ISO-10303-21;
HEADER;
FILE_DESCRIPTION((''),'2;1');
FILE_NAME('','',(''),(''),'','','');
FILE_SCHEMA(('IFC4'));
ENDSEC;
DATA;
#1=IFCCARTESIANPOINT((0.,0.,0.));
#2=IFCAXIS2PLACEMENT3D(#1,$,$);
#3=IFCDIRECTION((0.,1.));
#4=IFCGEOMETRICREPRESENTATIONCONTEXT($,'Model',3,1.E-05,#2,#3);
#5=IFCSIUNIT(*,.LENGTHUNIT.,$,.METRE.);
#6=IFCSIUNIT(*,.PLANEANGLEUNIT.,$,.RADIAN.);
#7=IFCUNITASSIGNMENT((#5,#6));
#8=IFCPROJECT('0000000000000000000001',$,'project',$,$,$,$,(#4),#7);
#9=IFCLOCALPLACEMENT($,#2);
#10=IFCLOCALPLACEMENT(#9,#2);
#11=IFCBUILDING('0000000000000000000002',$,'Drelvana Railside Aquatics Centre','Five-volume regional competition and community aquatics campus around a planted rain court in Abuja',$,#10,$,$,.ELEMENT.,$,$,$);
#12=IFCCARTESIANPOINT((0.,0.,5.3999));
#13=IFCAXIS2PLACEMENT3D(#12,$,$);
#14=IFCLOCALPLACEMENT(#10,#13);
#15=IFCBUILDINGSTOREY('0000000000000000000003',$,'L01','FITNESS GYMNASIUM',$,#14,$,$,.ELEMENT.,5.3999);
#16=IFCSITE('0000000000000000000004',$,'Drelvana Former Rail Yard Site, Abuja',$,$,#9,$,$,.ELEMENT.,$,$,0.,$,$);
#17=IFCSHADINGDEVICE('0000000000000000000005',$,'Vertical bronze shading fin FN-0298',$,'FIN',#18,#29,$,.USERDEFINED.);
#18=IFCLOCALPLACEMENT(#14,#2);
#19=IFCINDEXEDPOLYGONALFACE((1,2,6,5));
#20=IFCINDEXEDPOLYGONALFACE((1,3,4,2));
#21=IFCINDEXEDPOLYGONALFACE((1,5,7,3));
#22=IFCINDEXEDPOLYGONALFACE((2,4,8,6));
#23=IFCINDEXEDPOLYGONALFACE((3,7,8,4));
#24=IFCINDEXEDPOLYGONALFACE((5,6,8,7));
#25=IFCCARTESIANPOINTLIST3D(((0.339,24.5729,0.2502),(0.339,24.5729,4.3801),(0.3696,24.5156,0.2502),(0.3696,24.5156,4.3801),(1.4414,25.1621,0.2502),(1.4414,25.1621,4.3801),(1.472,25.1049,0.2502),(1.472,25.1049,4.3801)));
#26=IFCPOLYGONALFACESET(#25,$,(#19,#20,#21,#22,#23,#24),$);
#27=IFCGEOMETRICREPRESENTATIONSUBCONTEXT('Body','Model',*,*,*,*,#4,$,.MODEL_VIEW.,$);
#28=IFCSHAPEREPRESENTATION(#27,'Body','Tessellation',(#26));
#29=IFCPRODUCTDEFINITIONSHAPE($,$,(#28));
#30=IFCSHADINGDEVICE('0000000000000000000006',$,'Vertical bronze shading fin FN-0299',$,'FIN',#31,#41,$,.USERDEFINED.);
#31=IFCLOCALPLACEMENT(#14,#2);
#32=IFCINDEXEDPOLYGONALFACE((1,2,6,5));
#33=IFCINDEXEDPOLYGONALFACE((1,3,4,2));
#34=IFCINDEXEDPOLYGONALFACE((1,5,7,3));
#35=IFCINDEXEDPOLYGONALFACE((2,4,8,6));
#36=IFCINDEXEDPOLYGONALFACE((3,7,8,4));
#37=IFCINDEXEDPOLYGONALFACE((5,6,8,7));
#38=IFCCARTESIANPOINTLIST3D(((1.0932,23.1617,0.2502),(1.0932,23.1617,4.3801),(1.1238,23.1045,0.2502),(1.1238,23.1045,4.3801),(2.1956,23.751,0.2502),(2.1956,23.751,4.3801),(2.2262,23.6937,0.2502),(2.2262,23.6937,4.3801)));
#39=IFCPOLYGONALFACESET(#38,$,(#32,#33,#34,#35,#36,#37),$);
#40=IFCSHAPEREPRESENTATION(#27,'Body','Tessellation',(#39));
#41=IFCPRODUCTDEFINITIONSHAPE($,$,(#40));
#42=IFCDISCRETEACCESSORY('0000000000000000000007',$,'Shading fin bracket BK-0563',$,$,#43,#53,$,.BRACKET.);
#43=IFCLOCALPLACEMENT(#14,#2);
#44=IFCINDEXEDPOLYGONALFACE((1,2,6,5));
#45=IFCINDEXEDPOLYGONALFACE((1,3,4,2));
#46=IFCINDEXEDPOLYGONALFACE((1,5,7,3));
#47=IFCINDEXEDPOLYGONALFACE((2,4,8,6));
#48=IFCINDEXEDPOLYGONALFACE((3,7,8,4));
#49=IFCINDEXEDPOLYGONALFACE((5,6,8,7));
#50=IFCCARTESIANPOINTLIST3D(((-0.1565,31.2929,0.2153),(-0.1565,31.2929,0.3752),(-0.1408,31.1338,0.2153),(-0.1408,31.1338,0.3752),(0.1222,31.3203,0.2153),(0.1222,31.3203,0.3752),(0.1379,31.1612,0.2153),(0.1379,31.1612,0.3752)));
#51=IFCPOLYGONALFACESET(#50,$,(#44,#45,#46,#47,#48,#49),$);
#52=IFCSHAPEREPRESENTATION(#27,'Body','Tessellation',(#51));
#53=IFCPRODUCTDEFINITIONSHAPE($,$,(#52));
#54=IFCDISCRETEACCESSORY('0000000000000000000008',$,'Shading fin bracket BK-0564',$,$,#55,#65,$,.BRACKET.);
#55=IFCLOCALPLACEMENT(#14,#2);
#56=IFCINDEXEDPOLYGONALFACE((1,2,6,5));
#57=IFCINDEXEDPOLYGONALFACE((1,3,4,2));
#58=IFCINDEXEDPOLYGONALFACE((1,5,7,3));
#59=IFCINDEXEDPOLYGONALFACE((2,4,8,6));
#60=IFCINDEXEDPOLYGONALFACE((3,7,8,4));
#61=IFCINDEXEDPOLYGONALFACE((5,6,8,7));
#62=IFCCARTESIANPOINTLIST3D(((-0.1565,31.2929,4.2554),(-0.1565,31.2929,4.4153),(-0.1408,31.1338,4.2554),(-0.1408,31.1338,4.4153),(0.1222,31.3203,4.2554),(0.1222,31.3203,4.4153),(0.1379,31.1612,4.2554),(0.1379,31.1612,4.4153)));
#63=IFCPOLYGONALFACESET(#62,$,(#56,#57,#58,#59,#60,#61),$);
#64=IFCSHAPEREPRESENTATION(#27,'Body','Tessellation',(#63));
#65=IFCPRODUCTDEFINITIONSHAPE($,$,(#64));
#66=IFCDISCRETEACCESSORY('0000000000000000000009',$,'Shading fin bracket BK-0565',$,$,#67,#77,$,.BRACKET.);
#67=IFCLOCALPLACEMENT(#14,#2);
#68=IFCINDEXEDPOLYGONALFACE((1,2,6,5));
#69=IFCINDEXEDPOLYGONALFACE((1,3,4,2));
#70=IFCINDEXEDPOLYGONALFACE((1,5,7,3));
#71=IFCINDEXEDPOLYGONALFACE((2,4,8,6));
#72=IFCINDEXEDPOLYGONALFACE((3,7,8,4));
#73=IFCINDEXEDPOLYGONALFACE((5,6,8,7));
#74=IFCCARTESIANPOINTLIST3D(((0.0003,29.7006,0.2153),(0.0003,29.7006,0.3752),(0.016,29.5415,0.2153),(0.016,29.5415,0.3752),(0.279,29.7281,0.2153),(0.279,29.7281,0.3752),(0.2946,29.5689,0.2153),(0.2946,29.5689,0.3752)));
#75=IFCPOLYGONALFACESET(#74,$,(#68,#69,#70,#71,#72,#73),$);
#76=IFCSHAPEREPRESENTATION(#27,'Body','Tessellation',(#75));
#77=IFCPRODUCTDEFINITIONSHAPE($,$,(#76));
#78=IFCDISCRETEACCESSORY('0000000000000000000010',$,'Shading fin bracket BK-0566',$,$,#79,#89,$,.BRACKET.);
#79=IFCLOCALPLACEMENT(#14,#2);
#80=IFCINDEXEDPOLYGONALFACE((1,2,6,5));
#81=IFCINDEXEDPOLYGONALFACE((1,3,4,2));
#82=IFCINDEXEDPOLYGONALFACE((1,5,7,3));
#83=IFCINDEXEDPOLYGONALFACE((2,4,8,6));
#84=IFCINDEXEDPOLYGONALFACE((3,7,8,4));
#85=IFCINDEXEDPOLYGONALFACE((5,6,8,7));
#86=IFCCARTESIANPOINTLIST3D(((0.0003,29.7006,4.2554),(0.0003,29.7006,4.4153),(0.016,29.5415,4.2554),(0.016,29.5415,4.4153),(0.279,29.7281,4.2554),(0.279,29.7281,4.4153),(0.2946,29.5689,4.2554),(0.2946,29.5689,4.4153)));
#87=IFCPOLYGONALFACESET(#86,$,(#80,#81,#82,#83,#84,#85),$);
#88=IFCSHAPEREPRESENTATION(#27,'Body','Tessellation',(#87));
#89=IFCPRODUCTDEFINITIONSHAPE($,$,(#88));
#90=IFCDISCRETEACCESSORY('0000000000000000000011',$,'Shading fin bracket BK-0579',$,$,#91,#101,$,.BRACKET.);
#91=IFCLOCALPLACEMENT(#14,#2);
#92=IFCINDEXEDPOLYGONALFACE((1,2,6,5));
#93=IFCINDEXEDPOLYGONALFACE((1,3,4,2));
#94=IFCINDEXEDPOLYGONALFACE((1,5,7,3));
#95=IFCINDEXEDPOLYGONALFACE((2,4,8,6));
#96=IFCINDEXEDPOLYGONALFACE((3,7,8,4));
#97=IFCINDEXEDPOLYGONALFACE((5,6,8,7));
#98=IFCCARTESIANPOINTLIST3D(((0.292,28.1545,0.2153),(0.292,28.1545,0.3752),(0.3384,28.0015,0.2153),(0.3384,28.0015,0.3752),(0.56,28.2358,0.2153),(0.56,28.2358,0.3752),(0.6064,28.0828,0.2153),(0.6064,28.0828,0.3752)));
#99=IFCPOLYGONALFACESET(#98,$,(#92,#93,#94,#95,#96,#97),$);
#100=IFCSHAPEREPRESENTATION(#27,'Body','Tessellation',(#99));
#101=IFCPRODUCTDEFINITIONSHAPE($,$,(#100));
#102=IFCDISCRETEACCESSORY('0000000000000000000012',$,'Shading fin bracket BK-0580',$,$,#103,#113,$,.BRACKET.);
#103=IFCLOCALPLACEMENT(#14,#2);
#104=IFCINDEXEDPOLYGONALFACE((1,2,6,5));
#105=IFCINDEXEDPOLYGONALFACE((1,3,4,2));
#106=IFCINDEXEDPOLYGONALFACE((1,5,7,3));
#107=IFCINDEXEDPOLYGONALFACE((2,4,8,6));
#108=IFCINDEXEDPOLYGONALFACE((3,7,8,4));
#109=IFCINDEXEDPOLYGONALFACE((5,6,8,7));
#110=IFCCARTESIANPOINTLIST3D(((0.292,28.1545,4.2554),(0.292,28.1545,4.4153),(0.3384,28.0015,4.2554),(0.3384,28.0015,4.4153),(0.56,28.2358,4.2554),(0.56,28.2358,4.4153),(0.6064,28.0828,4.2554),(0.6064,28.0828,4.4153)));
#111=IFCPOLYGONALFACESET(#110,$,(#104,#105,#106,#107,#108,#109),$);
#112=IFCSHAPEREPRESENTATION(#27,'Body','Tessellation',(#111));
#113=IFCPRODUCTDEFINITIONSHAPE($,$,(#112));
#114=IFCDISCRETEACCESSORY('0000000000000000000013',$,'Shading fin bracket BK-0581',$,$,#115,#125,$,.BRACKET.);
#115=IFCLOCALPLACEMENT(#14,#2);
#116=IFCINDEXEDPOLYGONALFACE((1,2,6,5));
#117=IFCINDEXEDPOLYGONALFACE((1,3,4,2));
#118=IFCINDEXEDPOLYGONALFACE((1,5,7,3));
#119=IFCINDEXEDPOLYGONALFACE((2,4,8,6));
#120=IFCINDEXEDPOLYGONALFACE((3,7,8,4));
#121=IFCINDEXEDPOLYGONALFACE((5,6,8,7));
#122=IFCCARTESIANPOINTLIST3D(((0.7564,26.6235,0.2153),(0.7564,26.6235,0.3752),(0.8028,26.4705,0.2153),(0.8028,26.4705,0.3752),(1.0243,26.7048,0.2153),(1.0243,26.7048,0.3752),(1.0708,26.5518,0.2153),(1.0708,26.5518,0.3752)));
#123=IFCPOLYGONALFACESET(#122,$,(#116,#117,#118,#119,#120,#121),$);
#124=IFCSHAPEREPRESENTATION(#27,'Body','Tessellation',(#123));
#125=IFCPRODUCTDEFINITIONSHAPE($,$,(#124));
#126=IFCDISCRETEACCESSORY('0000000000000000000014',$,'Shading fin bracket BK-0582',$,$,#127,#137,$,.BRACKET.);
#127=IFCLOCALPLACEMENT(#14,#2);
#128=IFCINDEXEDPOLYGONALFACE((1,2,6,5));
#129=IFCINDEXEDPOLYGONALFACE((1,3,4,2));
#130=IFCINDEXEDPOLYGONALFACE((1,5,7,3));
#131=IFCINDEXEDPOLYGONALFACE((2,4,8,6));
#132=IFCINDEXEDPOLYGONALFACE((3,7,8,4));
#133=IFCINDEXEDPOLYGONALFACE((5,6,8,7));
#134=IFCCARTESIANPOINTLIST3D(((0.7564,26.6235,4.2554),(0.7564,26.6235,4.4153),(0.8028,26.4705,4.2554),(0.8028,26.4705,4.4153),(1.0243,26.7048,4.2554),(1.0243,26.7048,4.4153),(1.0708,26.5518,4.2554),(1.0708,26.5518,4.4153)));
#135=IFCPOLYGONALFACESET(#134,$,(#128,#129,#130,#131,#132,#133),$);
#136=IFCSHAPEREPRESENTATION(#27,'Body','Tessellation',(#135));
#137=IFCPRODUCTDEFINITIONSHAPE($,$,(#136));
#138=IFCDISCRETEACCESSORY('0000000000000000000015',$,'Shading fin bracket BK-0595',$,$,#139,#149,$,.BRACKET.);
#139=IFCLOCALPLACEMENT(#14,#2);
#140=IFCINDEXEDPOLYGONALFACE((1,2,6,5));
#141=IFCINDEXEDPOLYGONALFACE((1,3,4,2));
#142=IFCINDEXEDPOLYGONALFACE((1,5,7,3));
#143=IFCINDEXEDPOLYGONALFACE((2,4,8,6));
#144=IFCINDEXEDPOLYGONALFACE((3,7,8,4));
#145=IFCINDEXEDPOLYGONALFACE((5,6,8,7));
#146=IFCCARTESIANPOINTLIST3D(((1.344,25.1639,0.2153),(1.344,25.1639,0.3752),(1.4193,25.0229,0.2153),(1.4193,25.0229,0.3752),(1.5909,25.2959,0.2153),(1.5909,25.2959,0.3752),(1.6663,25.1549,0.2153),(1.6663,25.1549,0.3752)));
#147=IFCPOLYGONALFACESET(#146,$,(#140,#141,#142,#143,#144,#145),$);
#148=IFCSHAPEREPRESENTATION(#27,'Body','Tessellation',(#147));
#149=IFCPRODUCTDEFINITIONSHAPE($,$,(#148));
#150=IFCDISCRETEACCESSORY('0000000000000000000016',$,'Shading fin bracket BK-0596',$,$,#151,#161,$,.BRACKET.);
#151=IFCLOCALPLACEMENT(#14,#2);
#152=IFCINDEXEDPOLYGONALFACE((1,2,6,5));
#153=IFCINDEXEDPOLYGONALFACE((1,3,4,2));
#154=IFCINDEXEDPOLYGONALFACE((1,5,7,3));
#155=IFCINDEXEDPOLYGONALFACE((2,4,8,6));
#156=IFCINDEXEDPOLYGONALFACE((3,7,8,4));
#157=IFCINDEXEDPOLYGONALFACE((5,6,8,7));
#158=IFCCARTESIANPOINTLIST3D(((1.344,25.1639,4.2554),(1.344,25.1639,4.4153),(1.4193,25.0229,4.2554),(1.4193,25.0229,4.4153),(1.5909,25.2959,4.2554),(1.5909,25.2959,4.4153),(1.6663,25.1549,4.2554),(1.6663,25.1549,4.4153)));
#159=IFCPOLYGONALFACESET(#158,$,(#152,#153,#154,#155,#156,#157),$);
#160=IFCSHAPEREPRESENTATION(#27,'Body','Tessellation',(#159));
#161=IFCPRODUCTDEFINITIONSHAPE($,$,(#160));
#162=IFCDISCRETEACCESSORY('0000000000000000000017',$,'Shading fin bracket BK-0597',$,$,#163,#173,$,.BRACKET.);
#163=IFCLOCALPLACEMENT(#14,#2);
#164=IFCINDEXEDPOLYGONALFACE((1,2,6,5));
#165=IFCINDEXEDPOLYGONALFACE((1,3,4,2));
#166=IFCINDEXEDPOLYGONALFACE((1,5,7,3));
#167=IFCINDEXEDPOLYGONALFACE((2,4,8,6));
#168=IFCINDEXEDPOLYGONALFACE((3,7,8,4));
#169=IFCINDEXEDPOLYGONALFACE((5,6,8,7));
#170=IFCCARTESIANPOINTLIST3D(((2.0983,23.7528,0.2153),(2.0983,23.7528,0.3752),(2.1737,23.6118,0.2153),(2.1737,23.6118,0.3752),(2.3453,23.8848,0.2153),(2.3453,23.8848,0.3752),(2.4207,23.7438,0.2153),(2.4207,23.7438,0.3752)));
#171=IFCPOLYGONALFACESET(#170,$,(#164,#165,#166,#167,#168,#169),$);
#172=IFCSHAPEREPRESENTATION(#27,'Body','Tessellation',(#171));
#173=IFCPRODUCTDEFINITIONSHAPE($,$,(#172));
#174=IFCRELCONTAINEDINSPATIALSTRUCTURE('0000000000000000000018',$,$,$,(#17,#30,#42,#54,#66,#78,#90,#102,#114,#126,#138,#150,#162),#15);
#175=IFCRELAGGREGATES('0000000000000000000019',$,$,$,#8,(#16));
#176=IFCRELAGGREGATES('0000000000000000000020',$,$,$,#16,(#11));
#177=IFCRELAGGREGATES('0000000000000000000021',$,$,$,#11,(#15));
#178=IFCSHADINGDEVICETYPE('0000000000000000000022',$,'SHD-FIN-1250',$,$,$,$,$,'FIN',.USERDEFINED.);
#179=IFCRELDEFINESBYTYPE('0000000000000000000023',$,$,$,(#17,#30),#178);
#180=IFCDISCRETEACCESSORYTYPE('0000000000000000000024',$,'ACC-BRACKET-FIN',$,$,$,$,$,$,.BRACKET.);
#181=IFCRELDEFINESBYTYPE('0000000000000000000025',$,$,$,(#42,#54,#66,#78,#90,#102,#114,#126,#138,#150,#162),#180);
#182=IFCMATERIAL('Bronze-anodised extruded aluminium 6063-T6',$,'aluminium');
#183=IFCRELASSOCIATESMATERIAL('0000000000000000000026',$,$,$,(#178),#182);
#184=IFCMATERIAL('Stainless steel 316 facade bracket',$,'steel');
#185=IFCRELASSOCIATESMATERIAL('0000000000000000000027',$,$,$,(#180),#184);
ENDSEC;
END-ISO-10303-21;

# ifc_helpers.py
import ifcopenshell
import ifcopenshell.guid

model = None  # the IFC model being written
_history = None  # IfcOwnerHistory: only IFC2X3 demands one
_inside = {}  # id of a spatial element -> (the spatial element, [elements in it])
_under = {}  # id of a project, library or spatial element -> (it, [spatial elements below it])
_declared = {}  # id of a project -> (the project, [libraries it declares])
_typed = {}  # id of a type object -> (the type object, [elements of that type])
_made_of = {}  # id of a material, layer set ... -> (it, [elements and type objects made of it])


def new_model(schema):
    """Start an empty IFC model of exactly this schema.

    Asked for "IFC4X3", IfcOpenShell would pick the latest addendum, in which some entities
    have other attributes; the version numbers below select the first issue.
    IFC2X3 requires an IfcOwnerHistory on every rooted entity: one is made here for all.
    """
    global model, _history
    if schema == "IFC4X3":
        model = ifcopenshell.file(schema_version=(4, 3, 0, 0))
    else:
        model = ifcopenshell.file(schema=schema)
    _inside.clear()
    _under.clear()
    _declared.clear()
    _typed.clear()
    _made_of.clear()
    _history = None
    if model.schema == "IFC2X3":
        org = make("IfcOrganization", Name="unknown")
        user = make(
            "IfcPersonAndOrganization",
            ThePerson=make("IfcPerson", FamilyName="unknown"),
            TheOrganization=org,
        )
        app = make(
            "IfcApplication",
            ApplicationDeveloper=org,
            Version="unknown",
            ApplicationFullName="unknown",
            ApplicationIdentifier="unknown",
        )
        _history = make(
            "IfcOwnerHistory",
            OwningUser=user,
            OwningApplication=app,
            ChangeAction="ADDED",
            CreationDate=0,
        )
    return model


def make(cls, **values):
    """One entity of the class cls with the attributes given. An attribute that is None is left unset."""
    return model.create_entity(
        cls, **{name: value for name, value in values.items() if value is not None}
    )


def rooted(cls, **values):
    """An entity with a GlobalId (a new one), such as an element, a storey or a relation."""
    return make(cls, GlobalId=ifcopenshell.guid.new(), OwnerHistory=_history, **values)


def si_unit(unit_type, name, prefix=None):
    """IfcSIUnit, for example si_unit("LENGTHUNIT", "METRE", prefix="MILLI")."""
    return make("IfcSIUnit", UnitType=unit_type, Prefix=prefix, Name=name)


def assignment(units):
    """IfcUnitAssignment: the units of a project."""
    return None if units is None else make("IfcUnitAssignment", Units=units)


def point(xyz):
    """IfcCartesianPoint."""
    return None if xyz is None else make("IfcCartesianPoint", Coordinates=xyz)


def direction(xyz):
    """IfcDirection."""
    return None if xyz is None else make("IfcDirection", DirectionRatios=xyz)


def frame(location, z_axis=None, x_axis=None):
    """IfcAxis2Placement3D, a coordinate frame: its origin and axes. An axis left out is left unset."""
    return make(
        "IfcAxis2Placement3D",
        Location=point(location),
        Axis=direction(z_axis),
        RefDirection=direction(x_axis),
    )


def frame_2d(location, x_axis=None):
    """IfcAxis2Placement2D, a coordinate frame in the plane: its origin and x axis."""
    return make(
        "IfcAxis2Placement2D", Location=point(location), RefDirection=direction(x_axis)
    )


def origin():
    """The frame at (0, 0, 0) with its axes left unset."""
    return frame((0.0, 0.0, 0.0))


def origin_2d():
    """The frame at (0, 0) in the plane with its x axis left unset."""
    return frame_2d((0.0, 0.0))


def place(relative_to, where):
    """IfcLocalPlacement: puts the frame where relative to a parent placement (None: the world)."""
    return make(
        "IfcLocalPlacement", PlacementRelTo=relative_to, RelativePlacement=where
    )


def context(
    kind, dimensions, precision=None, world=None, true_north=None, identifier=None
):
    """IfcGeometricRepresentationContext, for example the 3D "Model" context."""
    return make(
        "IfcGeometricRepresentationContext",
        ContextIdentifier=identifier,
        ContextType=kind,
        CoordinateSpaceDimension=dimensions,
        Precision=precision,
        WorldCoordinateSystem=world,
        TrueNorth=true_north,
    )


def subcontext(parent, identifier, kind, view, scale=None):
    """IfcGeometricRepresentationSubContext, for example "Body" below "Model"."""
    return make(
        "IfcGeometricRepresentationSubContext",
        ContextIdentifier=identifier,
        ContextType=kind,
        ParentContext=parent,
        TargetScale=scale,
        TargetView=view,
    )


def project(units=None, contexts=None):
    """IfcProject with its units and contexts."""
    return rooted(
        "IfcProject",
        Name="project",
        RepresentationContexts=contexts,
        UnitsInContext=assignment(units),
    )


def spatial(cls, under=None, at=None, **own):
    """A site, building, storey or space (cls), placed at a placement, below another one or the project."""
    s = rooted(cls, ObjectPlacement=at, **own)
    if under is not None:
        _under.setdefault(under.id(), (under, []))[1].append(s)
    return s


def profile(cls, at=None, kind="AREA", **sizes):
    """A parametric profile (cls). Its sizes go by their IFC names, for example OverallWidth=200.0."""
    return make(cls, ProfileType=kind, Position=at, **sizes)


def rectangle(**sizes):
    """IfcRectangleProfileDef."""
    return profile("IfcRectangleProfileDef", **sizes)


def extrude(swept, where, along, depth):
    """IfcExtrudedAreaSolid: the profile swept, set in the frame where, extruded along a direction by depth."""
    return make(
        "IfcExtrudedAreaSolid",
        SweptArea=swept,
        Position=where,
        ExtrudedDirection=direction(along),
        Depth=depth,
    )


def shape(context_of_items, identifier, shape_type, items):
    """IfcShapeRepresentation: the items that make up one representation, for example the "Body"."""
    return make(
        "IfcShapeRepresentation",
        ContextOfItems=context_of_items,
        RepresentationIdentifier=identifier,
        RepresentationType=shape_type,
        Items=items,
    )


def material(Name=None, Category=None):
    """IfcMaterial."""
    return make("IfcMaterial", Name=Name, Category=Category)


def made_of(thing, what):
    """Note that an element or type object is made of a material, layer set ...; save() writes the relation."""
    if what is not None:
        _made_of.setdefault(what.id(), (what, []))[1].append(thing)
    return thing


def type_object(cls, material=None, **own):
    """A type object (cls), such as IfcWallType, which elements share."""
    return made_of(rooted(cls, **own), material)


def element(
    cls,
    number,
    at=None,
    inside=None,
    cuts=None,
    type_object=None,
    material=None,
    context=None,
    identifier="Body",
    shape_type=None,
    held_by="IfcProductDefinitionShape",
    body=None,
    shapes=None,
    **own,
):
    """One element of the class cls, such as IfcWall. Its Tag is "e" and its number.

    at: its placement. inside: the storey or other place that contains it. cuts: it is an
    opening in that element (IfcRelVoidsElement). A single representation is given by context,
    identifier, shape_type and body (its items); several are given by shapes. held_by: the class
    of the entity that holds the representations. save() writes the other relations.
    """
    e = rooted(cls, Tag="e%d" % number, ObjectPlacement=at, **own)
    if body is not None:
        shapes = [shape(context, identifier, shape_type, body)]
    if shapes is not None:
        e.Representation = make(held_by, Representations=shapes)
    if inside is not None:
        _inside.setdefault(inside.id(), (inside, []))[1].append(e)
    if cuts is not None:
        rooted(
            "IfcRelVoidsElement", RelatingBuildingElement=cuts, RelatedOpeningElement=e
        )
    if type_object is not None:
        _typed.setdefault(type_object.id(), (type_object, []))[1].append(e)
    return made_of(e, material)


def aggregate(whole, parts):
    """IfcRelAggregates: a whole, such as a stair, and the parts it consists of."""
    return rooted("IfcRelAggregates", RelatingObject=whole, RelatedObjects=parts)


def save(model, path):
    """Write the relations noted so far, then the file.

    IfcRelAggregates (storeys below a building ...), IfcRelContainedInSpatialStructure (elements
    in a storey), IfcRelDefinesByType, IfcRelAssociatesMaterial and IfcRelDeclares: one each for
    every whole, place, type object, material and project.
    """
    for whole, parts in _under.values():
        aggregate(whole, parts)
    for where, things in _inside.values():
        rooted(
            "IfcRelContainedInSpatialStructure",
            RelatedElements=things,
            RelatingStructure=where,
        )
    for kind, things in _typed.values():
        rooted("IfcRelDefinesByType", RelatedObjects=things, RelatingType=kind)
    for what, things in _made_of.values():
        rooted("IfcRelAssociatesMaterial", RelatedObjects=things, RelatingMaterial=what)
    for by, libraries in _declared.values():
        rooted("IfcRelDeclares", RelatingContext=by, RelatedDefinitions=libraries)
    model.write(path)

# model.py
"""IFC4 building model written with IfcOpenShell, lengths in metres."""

from ifc_helpers import new_model, si_unit, direction, frame, origin, origin_2d, place, context, subcontext, project, spatial, rectangle, extrude, material, type_object, element, save


model = new_model("IFC4")

# Units and contexts
model_context = context("Model", 3, precision=1e-05, world=origin(), true_north=direction((0.0, 1.0)))
body_context = subcontext(model_context, "Body", "Model", "MODEL_VIEW")
ifc_project = project(units=[si_unit("LENGTHUNIT", "METRE"), si_unit("PLANEANGLEUNIT", "RADIAN")], contexts=[model_context])

# Site, building, storey
site_placement = place(None, origin())
site = spatial("IfcSite", under=ifc_project, at=site_placement, Name="Drelvana Former Rail Yard Site, Abuja", CompositionType="ELEMENT", RefElevation=0.0)
building_placement = place(site_placement, origin())
building = spatial("IfcBuilding", under=site, at=building_placement, Name="Drelvana Railside Aquatics Centre", Description="Five-volume regional competition and community aquatics campus around a planted rain court in Abuja", CompositionType="ELEMENT")
storey_placement = place(building_placement, frame((0.0, 0.0, 5.3999)))
storey = spatial("IfcBuildingStorey", under=building, at=storey_placement, Name="L01", Description="FITNESS GYMNASIUM", CompositionType="ELEMENT", Elevation=5.3999)

# Shared definitions
ifc_material_1 = material(Name="Bronze-anodised extruded aluminium 6063-T6", Category="aluminium")

# Shading devices
shading_device_type = type_object("IfcShadingDeviceType", Name="SHD-FIN-1250", ElementType="FIN", PredefinedType="USERDEFINED", material=ifc_material_1)
for number, where, z_axis, x_axis, name in (
    (1, (0.9055, 24.8389, 0.2502), (0.0, 0.0, 1.0), (-0.881921, -0.471397, 0.0), "Vertical bronze shading fin FN-0298"),
    (2, (1.6597, 23.4277, 0.2502), (0.0, 0.0, 1.0), (-0.881921, -0.471397, 0.0), "Vertical bronze shading fin FN-0299"),
):
    element("IfcShadingDevice", number, at=place(storey_placement, frame(where, z_axis=z_axis, x_axis=x_axis)), inside=storey, type_object=shading_device_type, Name=name, ObjectType="FIN", PredefinedType="USERDEFINED", context=body_context, shape_type="SweptSolid", body=[
        extrude(rectangle(XDim=1.25, YDim=0.0649, at=origin_2d()), origin(), (0.0, 0.0, 1.0), 4.1299),
    ])

# Discrete accessories
ifc_material_2 = material(Name="Stainless steel 316 facade bracket", Category="steel")
discrete_accessory_type = type_object("IfcDiscreteAccessoryType", Name="ACC-BRACKET-FIN", PredefinedType="BRACKET", material=ifc_material_2)
for number, where, z_axis, x_axis, name in (
    (3, (-0.0093, 31.2271, 0.2153), (0.0, 0.0, 1.0), (-0.995185, -0.098017, 0.0), "Shading fin bracket BK-0563"),
    (4, (-0.0093, 31.2271, 4.2554), (0.0, 0.0, 1.0), (-0.995185, -0.098017, 0.0), "Shading fin bracket BK-0564"),
    (5, (0.1475, 29.6348, 0.2153), (0.0, 0.0, 1.0), (-0.995185, -0.098017, 0.0), "Shading fin bracket BK-0565"),
    (6, (0.1475, 29.6348, 4.2554), (0.0, 0.0, 1.0), (-0.995185, -0.098017, 0.0), "Shading fin bracket BK-0566"),
    (7, (0.4492, 28.1187, 0.2153), (0.0, 0.0, 1.0), (-0.95694, -0.290285, 0.0), "Shading fin bracket BK-0579"),
    (8, (0.4492, 28.1187, 4.2554), (0.0, 0.0, 1.0), (-0.95694, -0.290285, 0.0), "Shading fin bracket BK-0580"),
    (9, (0.9136, 26.5876, 0.2153), (0.0, 0.0, 1.0), (-0.95694, -0.290285, 0.0), "Shading fin bracket BK-0581"),
    (10, (0.9136, 26.5876, 4.2554), (0.0, 0.0, 1.0), (-0.95694, -0.290285, 0.0), "Shading fin bracket BK-0582"),
    (11, (1.5051, 25.1594, 0.2153), (0.0, 0.0, 1.0), (-0.881921, -0.471397, 0.0), "Shading fin bracket BK-0595"),
    (12, (1.5051, 25.1594, 4.2554), (0.0, 0.0, 1.0), (-0.881921, -0.471397, 0.0), "Shading fin bracket BK-0596"),
    (13, (2.2595, 23.7483, 0.2153), (0.0, 0.0, 1.0), (-0.881921, -0.471397, 0.0), "Shading fin bracket BK-0597"),
):
    element("IfcDiscreteAccessory", number, at=place(storey_placement, frame(where, z_axis=z_axis, x_axis=x_axis)), inside=storey, type_object=discrete_accessory_type, Name=name, PredefinedType="BRACKET", context=body_context, shape_type="SweptSolid", body=[
        extrude(rectangle(XDim=0.28, YDim=0.1599, at=origin_2d()), origin(), (0.0, 0.0, 1.0), 0.1599),
    ])

save(model, "model.ifc")
